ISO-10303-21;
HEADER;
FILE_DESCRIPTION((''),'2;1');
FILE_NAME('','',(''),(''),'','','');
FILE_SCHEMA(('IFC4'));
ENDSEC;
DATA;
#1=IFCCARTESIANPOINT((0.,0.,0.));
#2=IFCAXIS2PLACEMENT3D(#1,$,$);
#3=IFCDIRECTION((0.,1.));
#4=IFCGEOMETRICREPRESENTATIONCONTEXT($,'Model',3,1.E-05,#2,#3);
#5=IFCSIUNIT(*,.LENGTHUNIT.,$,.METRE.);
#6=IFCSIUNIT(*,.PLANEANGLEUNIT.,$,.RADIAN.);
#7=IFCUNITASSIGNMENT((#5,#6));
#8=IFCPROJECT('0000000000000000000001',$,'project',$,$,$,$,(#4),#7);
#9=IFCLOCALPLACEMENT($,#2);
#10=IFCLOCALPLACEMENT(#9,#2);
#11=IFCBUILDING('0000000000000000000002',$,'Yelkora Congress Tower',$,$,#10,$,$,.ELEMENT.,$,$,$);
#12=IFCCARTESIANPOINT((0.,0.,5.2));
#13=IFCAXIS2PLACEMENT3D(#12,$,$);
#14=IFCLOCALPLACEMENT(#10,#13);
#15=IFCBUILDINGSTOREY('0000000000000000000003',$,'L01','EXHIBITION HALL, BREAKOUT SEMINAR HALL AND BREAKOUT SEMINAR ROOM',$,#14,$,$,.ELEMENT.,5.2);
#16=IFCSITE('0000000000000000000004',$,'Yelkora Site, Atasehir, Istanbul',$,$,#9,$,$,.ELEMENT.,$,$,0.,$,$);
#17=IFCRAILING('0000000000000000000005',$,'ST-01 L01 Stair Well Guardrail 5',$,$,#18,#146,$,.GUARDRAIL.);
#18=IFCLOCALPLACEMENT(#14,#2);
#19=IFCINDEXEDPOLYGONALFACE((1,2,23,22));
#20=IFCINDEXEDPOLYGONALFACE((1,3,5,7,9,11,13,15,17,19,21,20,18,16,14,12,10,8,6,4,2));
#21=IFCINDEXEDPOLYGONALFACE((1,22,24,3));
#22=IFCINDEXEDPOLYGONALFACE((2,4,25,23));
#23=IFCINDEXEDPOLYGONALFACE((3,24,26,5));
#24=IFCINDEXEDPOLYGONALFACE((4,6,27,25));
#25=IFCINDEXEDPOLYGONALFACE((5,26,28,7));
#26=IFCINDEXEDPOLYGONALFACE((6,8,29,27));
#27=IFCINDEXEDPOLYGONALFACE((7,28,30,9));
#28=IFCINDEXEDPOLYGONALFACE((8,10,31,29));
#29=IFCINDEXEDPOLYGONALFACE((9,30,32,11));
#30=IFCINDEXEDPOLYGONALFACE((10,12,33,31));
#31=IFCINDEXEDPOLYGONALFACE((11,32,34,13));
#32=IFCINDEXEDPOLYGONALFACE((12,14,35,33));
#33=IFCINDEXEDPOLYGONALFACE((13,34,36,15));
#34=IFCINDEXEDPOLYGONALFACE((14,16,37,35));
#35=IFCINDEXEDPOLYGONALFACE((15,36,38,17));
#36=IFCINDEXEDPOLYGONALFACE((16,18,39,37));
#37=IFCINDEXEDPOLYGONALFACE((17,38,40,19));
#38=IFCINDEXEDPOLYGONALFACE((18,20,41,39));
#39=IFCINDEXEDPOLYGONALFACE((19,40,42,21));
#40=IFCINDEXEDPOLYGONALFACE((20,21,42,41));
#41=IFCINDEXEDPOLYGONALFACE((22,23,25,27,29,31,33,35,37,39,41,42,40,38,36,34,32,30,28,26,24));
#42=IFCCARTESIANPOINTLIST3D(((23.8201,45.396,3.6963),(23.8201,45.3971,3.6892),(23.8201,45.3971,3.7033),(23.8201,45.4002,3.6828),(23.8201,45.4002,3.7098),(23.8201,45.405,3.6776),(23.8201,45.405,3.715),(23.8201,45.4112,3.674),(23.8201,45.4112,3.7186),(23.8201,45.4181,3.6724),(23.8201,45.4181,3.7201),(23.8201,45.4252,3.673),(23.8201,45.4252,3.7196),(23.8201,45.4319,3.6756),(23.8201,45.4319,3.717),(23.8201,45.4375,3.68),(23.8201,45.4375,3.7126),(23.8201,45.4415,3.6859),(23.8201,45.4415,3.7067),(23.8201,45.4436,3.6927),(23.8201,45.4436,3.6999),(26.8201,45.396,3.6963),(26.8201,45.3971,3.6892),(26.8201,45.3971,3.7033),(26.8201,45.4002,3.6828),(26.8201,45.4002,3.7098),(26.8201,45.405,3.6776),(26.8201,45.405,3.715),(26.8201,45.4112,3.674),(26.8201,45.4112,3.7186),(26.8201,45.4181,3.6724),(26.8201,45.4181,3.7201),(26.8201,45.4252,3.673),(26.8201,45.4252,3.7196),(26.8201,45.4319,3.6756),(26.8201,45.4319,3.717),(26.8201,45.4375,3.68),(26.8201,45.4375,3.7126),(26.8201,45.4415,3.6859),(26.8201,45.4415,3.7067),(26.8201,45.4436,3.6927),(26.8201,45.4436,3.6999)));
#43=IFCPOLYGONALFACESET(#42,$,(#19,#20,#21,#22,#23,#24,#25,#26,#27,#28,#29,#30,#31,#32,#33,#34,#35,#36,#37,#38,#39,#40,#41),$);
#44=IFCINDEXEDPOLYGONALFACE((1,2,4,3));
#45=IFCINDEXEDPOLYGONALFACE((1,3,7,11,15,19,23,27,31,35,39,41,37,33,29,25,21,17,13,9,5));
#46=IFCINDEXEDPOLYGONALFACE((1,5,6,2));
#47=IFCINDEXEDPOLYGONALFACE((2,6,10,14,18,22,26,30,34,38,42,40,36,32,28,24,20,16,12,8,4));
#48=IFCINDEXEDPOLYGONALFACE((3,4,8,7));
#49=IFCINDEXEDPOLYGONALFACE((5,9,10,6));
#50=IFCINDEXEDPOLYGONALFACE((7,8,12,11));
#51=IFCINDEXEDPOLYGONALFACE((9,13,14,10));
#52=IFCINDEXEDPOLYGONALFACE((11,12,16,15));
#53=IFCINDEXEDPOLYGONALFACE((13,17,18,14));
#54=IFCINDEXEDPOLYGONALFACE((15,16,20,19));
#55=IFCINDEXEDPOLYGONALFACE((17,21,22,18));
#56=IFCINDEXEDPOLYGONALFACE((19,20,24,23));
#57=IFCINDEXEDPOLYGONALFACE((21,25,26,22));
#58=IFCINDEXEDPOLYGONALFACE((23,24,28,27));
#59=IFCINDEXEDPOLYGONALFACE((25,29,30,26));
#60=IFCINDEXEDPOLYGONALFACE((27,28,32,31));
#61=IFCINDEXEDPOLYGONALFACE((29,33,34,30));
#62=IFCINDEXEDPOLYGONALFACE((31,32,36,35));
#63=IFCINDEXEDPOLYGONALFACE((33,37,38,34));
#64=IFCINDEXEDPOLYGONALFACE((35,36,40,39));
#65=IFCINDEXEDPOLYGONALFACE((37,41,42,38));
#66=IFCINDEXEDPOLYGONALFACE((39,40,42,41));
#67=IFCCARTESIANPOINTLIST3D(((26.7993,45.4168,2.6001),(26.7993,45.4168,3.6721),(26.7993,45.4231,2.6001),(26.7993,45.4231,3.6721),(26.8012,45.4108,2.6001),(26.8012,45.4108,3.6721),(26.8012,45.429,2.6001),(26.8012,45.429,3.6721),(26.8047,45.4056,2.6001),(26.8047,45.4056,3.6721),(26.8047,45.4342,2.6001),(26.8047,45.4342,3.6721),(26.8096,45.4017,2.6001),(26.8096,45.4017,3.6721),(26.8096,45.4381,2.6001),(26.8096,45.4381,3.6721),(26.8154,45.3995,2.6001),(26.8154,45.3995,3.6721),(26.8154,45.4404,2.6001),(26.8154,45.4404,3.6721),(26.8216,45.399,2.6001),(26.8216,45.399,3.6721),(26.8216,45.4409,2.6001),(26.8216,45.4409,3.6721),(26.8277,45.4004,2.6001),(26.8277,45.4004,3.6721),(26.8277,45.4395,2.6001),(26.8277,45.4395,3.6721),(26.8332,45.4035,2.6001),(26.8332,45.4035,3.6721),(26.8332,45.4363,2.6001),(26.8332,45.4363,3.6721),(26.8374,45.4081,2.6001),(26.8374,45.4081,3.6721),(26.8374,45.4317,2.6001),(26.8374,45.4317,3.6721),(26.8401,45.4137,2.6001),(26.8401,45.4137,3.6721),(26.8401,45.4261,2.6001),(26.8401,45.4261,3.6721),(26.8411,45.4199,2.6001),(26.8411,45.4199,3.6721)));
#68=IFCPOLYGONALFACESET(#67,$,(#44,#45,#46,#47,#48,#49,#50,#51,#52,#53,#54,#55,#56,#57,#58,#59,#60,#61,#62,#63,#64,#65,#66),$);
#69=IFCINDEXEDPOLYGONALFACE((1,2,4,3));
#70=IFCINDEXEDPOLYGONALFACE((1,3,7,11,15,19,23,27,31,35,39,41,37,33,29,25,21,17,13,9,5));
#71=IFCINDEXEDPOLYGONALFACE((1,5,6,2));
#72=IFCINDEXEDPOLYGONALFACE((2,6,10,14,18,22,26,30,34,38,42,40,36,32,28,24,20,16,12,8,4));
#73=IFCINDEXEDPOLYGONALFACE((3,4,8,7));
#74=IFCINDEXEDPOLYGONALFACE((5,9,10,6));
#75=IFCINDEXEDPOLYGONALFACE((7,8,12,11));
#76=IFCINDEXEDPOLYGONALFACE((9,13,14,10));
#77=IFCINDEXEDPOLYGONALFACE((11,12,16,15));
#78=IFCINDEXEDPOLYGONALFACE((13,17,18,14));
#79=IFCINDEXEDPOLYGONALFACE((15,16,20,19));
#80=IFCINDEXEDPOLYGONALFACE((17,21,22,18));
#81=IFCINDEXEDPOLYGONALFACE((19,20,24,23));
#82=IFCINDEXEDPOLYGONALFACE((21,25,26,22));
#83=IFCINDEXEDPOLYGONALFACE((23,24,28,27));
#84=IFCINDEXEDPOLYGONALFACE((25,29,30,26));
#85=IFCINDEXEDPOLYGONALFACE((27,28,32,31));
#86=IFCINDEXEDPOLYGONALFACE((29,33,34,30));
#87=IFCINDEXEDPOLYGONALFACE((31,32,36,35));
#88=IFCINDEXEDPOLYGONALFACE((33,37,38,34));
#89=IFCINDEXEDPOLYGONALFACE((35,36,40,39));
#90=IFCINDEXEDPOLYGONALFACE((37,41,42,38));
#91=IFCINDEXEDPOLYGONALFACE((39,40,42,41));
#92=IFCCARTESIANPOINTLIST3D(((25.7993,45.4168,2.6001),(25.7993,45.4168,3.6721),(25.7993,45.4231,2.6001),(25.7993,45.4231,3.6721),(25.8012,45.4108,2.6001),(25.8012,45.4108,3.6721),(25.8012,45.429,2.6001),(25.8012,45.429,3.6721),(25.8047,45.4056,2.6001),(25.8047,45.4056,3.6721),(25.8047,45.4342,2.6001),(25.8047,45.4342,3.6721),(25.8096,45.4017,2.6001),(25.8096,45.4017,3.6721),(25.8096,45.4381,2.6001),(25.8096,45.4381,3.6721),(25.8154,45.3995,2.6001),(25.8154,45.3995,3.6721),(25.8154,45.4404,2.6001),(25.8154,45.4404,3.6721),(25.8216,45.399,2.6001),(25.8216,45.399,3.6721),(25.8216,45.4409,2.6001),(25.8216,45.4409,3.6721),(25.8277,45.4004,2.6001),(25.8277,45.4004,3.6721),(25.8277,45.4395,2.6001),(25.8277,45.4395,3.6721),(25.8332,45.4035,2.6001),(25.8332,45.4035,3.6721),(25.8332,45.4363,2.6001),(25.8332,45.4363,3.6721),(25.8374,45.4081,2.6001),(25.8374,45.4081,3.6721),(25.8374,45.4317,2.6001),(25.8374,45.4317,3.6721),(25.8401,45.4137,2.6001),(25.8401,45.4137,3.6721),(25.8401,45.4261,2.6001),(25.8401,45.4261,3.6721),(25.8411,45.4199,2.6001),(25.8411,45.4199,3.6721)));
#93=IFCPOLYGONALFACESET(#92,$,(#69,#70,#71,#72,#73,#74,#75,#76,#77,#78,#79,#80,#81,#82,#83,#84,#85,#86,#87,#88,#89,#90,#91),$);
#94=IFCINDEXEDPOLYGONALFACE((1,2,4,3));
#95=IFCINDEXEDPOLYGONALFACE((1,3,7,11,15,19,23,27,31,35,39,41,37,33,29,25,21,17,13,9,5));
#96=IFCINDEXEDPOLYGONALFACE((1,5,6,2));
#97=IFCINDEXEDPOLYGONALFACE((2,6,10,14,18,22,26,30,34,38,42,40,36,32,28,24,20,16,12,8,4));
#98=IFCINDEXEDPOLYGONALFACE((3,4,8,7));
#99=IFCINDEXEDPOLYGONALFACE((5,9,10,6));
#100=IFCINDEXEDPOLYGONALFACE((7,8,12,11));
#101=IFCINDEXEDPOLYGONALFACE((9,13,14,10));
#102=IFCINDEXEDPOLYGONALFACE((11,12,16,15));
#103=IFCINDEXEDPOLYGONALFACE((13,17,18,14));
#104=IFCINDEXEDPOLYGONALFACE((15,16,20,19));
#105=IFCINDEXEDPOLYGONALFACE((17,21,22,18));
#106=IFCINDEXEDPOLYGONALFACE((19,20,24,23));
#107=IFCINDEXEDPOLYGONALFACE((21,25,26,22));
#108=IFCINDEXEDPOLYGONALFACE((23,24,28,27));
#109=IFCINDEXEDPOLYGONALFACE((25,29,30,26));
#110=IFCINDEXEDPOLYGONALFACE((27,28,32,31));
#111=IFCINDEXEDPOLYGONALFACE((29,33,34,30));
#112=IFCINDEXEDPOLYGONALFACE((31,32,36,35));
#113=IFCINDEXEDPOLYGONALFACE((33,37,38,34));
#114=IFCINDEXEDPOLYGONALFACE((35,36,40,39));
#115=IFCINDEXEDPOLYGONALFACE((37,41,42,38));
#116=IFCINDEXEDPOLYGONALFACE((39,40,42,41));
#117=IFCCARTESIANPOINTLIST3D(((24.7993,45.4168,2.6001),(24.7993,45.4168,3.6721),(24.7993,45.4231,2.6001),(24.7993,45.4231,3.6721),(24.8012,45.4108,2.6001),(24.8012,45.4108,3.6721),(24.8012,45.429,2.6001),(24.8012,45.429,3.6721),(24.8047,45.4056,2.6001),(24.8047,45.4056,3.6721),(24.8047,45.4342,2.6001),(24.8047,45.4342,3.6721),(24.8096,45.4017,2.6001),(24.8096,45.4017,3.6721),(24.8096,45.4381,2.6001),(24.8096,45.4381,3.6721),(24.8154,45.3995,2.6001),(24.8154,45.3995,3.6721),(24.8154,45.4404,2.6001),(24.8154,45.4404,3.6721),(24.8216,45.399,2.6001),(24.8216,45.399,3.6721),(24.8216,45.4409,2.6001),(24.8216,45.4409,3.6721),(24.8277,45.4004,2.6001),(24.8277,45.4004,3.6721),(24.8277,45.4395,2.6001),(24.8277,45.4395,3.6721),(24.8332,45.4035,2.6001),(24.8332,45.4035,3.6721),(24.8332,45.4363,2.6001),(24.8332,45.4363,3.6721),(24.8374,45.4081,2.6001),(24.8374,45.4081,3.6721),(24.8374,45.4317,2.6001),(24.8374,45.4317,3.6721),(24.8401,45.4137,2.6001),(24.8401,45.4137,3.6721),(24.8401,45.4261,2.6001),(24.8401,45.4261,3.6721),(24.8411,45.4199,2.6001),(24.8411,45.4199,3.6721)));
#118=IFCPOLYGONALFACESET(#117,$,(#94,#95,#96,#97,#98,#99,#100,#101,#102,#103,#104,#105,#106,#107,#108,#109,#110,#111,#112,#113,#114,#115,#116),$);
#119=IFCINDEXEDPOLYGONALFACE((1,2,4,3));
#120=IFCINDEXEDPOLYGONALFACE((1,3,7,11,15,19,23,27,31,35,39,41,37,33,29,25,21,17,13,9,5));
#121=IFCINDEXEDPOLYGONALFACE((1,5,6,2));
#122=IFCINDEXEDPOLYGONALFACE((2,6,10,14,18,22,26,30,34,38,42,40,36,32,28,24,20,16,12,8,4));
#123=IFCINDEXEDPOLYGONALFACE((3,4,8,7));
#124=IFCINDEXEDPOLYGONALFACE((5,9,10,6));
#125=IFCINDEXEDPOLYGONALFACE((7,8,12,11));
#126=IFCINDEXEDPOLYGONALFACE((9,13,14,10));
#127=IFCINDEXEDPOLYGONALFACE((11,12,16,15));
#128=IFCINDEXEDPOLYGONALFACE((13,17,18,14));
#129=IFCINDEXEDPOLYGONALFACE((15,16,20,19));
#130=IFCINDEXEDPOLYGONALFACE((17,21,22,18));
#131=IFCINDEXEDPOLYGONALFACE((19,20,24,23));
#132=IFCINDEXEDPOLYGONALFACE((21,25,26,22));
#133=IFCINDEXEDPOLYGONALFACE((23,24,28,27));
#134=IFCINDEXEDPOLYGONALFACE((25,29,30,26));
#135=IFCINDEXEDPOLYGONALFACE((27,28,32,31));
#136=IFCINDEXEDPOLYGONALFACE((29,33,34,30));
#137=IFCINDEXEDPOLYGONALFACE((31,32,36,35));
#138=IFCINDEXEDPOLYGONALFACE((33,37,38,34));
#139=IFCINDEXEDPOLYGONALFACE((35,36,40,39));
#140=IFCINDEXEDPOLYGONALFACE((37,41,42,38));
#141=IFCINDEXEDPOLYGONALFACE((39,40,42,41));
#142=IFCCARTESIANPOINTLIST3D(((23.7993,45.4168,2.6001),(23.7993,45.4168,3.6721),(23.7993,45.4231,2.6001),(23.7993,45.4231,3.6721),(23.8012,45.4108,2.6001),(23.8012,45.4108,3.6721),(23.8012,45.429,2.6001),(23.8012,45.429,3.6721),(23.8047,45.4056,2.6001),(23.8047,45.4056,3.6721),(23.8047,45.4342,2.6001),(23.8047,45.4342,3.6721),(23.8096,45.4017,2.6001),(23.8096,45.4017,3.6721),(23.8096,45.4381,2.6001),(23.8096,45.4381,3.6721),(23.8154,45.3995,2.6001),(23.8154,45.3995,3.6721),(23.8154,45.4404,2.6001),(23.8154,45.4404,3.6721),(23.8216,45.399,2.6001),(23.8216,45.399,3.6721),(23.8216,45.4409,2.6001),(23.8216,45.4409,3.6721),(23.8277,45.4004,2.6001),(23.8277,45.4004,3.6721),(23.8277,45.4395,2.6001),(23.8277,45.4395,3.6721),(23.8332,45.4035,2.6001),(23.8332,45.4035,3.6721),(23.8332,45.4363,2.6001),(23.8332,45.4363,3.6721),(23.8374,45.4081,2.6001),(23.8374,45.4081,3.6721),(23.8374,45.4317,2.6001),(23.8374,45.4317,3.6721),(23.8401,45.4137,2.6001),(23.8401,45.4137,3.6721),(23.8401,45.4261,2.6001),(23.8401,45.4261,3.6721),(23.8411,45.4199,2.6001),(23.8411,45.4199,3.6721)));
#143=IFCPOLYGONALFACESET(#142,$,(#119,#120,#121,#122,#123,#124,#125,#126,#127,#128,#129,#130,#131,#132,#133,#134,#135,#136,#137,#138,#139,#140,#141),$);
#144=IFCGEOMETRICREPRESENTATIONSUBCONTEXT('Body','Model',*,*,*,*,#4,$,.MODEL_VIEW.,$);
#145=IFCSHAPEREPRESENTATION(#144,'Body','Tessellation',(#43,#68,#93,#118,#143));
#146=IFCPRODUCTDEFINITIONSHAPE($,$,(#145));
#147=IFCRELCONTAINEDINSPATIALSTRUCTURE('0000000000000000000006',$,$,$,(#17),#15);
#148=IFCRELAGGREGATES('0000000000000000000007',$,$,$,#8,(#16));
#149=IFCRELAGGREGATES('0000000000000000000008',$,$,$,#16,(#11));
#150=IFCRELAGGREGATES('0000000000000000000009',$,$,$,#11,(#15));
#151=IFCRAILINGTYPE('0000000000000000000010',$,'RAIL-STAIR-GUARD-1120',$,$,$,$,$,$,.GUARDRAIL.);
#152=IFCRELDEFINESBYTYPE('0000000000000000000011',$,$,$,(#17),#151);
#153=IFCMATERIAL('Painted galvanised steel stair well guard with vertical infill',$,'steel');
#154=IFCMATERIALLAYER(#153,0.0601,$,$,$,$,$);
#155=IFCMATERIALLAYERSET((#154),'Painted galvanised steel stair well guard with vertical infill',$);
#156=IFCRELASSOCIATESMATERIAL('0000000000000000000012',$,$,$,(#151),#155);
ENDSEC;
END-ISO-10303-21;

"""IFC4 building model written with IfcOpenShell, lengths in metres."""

from ifc_helpers import new_model, si_unit, direction, frame, origin, origin_2d, place, context, subcontext, project, spatial, circle, extrude, material, layer, layer_set, type_object, element, save


model = new_model("IFC4")

# Units and contexts
model_context = context("Model", 3, precision=1e-05, world=origin(), true_north=direction((0.0, 1.0)))
body_context = subcontext(model_context, "Body", "Model", "MODEL_VIEW")
ifc_project = project(units=[si_unit("LENGTHUNIT", "METRE"), si_unit("PLANEANGLEUNIT", "RADIAN")], contexts=[model_context])

# Site, building, storey
site_placement = place(None, origin())
site = spatial("IfcSite", under=ifc_project, at=site_placement, Name="Yelkora Site, Atasehir, Istanbul", CompositionType="ELEMENT", RefElevation=0.0)
building_placement = place(site_placement, origin())
building = spatial("IfcBuilding", under=site, at=building_placement, Name="Yelkora Congress Tower", CompositionType="ELEMENT")
storey_placement = place(building_placement, frame((0.0, 0.0, 5.2)))
storey = spatial("IfcBuildingStorey", under=building, at=storey_placement, Name="L01", Description="EXHIBITION HALL, BREAKOUT SEMINAR HALL AND BREAKOUT SEMINAR ROOM", CompositionType="ELEMENT", Elevation=5.2)

# Railing
ifc_material_1 = material(Name="Painted galvanised steel stair well guard with vertical infill", Category="steel")
ifc_layer_1 = layer(ifc_material_1, 0.0601)
ifc_layer_set_1 = layer_set([ifc_layer_1], Name="Painted galvanised steel stair well guard with vertical infill")
railing_type_1 = type_object("IfcRailingType", Name="RAIL-STAIR-GUARD-1120", PredefinedType="GUARDRAIL", material=ifc_layer_set_1)
railing_1_placement = place(storey_placement, frame((26.8201, 45.4199, 2.6001)))
element("IfcRailing", 1, at=railing_1_placement, inside=storey, type_object=railing_type_1, Name="ST-01 L01 Stair Well Guardrail 5", PredefinedType="GUARDRAIL", context=body_context, shape_type="SweptSolid", body=[
    extrude(circle(Radius=0.0239, at=origin_2d()), frame((0.0, 0.0, 1.0962), z_axis=(-1.0, 0.0, 0.0), x_axis=(0.0, -1.0, 0.0)), (0.0, 0.0, 1.0), 3.0),
    extrude(circle(Radius=0.021, at=origin_2d()), origin(), (0.0, 0.0, 1.0), 1.072),
    extrude(circle(Radius=0.021, at=origin_2d()), frame((-1.0, 0.0, 0.0)), (0.0, 0.0, 1.0), 1.072),
    extrude(circle(Radius=0.021, at=origin_2d()), frame((-2.0, 0.0, 0.0)), (0.0, 0.0, 1.0), 1.072),
    extrude(circle(Radius=0.021, at=origin_2d()), frame((-3.0, 0.0, 0.0)), (0.0, 0.0, 1.0), 1.072),
])

save(model, "model.ifc")
